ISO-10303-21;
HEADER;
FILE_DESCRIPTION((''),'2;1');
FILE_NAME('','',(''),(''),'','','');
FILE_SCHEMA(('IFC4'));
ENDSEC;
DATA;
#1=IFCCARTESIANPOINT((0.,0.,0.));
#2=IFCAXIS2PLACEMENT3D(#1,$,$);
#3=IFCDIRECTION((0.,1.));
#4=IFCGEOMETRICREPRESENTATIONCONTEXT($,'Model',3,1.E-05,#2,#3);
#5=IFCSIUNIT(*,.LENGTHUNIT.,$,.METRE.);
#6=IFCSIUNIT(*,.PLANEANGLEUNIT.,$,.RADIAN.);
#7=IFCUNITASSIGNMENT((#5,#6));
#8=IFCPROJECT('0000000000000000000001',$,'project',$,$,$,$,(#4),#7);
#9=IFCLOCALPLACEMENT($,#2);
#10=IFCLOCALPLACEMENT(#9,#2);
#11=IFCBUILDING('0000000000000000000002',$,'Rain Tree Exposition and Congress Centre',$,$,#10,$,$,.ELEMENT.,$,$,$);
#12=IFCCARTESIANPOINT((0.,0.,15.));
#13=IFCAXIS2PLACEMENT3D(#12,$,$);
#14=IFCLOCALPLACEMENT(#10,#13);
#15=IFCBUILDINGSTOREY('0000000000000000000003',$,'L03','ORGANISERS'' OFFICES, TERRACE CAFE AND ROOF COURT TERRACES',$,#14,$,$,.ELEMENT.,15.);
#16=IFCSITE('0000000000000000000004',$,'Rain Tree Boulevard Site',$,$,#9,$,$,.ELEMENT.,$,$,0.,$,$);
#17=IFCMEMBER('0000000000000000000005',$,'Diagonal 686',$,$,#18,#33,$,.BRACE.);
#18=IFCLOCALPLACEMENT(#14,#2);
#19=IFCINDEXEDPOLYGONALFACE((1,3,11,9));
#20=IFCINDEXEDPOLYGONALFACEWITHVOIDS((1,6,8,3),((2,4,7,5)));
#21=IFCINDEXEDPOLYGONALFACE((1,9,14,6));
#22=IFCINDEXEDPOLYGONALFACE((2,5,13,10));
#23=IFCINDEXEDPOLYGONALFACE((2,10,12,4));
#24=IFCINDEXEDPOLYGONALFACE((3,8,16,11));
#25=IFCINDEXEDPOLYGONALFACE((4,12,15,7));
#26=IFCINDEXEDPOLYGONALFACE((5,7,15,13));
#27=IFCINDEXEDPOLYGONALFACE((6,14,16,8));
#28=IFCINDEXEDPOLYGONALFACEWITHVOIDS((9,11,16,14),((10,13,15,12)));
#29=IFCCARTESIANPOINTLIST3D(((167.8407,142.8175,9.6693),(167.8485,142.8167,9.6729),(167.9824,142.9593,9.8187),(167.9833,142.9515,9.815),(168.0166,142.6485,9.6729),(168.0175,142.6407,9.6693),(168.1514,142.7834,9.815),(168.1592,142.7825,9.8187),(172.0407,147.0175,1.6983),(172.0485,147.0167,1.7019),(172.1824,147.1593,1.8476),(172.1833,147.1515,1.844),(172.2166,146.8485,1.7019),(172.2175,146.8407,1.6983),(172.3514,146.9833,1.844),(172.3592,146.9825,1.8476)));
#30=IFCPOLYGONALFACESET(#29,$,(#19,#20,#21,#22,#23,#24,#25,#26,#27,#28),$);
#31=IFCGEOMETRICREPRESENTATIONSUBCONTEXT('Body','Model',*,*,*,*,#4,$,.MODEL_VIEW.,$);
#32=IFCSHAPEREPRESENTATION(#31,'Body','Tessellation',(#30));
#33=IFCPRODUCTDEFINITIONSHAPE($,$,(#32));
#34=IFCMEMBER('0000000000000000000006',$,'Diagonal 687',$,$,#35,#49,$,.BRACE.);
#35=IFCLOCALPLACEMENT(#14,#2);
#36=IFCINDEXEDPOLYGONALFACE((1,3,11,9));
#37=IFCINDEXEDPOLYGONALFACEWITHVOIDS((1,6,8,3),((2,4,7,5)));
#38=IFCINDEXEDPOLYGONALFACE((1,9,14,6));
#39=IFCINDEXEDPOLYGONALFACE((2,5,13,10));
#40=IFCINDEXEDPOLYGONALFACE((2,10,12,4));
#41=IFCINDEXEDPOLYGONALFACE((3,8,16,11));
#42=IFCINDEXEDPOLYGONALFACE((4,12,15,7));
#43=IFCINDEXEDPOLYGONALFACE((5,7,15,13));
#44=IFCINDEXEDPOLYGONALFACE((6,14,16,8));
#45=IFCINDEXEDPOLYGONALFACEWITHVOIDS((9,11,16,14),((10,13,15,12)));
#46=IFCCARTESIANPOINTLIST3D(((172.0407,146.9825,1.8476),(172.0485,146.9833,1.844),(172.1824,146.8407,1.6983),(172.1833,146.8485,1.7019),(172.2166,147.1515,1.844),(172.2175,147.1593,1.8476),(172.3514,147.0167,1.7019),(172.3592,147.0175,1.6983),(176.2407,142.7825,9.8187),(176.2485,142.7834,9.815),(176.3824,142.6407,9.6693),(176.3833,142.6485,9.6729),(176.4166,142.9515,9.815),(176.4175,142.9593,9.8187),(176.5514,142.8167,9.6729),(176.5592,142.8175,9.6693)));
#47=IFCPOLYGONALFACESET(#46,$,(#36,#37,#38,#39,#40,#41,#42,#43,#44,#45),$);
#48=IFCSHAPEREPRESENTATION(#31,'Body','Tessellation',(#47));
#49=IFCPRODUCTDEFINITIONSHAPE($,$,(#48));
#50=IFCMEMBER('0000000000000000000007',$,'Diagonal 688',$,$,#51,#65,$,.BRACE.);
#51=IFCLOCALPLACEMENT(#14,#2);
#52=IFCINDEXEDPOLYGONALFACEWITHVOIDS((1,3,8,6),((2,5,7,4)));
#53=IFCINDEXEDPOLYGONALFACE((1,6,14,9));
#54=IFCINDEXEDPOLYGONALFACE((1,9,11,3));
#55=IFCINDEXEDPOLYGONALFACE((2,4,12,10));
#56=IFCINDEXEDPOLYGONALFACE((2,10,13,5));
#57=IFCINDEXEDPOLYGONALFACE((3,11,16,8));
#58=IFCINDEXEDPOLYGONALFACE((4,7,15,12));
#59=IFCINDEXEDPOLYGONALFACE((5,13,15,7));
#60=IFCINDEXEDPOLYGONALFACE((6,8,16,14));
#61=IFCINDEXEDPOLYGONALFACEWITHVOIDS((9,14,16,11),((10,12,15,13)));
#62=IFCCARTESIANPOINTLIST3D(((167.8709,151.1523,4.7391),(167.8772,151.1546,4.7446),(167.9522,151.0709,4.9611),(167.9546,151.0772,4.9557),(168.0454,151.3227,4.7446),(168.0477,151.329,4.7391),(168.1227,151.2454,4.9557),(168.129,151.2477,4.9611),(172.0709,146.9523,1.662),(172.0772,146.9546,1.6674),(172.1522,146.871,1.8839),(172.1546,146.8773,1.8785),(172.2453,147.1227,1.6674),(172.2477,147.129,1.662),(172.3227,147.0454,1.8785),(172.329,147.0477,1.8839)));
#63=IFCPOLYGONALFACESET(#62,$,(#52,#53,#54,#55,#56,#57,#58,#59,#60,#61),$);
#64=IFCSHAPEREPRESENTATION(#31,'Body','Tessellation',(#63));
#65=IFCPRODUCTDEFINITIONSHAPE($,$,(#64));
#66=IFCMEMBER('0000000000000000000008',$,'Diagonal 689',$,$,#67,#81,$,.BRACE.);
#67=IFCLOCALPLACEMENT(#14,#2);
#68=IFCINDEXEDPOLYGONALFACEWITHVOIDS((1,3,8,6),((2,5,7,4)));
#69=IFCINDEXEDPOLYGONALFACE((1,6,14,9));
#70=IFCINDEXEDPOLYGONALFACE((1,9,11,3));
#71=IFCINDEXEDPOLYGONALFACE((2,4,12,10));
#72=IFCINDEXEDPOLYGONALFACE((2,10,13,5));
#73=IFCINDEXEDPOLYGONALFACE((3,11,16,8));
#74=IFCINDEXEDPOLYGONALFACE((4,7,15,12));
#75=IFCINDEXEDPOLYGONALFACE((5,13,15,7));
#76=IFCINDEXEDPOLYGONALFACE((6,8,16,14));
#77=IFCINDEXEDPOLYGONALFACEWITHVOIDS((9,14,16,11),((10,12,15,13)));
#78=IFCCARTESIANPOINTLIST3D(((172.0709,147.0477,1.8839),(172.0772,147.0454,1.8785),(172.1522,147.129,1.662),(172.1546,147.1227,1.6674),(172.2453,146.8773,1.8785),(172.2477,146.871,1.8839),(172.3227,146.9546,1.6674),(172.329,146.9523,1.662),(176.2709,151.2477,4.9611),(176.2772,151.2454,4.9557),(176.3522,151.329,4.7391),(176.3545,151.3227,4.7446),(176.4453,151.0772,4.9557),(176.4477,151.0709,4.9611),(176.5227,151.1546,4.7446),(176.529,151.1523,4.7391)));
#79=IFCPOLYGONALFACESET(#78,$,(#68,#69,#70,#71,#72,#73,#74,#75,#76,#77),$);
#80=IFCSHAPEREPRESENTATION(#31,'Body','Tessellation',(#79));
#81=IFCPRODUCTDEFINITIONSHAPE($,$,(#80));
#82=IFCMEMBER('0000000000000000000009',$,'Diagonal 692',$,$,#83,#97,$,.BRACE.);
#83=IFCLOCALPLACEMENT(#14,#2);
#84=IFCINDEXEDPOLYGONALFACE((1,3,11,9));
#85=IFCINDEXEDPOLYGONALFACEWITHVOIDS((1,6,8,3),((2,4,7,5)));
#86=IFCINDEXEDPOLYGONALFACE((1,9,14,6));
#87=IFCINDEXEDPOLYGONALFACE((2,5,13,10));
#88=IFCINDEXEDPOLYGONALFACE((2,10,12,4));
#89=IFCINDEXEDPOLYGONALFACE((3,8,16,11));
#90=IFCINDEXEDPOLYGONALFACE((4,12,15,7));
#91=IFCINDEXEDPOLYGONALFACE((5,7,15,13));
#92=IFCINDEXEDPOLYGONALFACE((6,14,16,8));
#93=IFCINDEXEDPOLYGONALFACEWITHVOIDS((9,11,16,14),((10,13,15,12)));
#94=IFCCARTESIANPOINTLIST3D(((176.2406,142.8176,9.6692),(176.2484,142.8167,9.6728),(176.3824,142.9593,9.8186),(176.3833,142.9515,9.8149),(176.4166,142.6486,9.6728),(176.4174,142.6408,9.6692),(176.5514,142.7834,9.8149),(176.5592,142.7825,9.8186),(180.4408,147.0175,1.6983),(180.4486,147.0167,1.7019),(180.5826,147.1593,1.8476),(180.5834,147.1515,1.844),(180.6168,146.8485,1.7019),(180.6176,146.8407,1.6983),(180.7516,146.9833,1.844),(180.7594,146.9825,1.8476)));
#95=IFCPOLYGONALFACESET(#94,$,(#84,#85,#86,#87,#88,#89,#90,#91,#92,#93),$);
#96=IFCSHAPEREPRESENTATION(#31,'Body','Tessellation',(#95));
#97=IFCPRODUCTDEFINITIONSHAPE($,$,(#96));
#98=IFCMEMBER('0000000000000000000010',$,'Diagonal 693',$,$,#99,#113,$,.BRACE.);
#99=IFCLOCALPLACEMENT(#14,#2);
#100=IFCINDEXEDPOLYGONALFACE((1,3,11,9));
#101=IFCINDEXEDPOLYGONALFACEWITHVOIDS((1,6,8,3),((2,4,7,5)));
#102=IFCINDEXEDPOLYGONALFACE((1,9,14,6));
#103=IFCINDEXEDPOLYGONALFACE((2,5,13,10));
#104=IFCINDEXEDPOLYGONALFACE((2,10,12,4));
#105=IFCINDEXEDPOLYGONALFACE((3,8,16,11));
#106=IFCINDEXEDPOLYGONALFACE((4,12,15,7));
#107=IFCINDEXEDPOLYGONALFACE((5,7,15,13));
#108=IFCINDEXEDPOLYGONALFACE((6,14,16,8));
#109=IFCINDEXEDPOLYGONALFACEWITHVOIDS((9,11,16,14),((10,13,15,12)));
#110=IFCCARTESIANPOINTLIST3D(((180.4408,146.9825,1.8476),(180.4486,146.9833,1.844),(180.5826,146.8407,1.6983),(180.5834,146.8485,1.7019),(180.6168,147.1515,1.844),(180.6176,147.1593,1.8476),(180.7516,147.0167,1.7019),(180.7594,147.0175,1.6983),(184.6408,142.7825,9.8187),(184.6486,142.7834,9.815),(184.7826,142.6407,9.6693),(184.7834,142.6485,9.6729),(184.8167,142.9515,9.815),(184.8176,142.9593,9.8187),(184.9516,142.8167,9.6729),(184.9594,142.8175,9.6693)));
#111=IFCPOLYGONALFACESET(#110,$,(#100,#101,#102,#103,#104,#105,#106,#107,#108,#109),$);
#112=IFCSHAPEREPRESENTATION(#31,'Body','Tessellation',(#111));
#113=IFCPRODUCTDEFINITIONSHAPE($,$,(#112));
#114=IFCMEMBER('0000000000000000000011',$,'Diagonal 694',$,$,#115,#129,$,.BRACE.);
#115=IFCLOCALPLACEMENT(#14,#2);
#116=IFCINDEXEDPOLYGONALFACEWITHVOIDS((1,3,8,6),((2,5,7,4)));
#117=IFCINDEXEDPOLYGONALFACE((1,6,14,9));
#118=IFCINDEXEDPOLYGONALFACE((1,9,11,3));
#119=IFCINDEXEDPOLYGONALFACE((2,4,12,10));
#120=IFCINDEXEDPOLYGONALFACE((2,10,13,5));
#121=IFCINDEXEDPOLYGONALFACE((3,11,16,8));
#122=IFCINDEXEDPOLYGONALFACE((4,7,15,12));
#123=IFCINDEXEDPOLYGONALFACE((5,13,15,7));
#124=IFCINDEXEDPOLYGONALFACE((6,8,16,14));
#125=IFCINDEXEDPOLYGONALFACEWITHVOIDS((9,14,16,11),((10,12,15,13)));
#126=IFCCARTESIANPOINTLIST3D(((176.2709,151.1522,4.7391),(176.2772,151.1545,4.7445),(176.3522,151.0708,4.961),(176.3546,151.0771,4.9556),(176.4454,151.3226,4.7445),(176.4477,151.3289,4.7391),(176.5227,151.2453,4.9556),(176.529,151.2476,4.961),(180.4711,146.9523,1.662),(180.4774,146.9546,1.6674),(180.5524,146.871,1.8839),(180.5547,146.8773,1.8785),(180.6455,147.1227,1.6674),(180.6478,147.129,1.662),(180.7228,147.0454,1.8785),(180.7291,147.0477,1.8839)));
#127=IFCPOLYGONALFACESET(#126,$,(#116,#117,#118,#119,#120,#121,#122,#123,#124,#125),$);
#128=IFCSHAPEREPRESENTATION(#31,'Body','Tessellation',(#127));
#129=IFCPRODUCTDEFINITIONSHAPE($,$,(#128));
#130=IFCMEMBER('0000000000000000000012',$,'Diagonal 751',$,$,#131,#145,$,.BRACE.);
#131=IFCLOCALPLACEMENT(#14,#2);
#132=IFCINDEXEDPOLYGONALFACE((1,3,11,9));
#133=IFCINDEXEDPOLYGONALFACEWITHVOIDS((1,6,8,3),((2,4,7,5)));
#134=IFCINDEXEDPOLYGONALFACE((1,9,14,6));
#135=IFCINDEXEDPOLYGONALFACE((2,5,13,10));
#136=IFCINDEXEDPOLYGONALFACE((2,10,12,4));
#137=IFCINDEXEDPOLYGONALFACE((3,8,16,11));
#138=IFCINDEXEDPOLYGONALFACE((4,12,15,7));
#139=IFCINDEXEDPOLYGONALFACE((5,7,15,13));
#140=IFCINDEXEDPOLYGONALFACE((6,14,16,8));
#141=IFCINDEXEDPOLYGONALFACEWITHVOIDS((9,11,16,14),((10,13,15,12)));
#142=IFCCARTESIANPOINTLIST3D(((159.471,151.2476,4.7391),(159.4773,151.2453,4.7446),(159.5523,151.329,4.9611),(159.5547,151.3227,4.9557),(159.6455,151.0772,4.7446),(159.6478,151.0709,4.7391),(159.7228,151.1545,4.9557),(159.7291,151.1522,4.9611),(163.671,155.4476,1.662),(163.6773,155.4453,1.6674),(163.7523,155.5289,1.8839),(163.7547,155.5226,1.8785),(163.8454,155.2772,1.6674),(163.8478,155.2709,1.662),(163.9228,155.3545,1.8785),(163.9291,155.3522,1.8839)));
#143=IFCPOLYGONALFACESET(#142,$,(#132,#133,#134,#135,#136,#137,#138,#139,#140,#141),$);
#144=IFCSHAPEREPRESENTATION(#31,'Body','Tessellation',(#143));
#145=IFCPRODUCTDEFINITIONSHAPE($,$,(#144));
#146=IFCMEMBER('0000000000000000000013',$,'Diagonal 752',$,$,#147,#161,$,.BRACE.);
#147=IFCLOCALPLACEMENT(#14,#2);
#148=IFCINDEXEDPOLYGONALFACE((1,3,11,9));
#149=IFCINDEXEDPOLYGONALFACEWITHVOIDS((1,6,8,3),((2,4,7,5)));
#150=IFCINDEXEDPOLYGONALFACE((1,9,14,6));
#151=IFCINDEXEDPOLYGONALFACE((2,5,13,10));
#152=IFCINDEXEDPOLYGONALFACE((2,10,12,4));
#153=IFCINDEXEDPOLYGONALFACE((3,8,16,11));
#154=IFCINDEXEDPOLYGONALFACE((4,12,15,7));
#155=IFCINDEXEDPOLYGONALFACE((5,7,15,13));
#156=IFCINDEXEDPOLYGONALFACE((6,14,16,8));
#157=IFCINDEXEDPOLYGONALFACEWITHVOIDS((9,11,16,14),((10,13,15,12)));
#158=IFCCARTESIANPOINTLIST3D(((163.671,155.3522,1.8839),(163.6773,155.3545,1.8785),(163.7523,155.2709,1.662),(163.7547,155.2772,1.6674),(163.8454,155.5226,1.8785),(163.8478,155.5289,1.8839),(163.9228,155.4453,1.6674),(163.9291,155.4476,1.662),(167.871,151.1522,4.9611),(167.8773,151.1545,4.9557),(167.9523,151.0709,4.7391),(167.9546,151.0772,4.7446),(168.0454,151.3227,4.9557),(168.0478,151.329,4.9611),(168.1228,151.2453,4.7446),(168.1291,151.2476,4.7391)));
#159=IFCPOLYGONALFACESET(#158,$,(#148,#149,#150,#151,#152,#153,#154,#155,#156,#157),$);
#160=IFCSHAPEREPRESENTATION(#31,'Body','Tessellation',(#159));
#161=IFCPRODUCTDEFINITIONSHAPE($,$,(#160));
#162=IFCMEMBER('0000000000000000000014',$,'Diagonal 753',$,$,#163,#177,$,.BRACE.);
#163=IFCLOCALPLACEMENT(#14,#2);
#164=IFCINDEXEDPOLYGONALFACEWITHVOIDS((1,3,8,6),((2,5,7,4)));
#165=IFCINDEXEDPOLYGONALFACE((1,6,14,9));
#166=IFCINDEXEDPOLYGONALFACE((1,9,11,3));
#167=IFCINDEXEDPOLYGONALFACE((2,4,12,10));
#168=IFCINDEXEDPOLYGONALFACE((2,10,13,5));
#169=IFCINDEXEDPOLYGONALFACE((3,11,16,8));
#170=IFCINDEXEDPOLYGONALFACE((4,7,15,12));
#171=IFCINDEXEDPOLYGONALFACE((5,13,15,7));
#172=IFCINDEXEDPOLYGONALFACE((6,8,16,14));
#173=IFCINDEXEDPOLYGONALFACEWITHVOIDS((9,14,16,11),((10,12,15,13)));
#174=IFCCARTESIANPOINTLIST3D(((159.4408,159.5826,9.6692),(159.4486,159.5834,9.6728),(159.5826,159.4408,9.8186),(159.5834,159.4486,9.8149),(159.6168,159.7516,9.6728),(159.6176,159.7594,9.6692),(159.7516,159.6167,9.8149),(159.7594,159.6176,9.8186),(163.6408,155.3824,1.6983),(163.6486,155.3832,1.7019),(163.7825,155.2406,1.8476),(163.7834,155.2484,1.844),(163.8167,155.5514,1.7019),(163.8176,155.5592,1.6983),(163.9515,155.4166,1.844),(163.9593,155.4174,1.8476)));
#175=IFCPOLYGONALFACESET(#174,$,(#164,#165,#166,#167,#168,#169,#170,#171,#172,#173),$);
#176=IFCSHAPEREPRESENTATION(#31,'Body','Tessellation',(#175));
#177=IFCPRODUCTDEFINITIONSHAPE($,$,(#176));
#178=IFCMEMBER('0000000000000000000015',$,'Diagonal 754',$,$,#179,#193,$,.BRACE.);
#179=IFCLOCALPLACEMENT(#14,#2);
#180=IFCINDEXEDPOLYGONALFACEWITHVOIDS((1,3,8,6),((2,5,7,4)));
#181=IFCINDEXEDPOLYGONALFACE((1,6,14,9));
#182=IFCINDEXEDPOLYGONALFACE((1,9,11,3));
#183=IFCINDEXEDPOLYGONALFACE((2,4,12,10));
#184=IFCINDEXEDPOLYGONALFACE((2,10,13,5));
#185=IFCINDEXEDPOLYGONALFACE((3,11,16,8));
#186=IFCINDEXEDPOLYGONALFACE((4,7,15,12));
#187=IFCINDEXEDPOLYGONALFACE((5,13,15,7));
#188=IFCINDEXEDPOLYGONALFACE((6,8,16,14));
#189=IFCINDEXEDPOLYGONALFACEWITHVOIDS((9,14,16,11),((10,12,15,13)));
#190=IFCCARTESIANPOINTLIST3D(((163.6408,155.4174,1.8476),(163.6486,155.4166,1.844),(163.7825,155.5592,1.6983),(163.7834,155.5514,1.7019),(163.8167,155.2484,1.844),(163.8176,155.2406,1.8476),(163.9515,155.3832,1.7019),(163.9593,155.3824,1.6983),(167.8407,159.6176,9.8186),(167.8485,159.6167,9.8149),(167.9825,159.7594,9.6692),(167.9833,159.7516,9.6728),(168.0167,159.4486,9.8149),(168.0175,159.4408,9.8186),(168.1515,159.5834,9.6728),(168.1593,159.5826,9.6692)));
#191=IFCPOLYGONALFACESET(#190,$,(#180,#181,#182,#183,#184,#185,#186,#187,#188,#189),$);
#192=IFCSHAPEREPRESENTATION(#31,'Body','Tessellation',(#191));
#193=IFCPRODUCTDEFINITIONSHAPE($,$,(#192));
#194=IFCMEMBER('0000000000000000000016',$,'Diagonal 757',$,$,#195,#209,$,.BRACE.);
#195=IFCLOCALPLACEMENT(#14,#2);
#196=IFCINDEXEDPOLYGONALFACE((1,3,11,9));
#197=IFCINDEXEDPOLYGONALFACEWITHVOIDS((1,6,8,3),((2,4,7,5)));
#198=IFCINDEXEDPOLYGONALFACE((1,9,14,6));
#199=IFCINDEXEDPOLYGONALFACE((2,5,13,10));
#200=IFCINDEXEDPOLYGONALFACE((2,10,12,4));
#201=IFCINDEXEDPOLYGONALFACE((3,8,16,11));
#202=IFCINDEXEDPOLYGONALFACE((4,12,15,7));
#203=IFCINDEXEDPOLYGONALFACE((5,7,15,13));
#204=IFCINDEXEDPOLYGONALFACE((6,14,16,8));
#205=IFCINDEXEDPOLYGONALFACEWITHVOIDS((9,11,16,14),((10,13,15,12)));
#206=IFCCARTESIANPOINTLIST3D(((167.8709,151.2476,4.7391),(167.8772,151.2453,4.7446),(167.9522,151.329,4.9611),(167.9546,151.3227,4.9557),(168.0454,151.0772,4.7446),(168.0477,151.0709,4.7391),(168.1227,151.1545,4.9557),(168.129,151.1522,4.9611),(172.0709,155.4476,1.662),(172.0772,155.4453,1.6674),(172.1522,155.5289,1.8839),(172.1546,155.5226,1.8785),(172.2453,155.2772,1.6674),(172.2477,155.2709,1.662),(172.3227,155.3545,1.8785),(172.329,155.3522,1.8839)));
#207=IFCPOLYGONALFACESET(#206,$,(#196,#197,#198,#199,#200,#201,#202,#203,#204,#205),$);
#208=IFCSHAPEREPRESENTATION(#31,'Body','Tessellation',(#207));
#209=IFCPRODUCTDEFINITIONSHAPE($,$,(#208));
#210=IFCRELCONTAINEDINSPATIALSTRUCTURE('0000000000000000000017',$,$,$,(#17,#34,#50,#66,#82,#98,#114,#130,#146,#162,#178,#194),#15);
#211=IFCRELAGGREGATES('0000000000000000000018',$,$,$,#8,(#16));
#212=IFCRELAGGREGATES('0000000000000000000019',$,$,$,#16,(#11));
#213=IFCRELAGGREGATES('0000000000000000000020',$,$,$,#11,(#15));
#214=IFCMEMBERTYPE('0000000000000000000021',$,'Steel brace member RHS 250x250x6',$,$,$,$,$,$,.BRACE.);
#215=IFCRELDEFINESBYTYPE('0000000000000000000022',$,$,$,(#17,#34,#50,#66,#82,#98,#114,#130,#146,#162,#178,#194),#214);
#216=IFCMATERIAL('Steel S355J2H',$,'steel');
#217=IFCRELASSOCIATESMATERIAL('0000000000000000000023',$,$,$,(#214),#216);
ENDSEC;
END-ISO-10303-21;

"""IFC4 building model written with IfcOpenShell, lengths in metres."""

from ifc_helpers import new_model, si_unit, direction, frame, origin, origin_2d, place, context, subcontext, project, spatial, hollow_rectangle, extrude, material, material_profile, profile_set, type_object, element, save


model = new_model("IFC4")

# Units and contexts
model_context = context("Model", 3, precision=1e-05, world=origin(), true_north=direction((0.0, 1.0)))
body_context = subcontext(model_context, "Body", "Model", "MODEL_VIEW")
ifc_project = project(units=[si_unit("LENGTHUNIT", "METRE"), si_unit("PLANEANGLEUNIT", "RADIAN")], contexts=[model_context])

# Site, building, storey
site_placement = place(None, origin())
site = spatial("IfcSite", under=ifc_project, at=site_placement, Name="Rain Tree Boulevard Site", CompositionType="ELEMENT", RefElevation=0.0)
building_placement = place(site_placement, origin())
building = spatial("IfcBuilding", under=site, at=building_placement, Name="Rain Tree Exposition and Congress Centre", CompositionType="ELEMENT")
storey_placement = place(building_placement, frame((0.0, 0.0, 15.0)))
storey = spatial("IfcBuildingStorey", under=building, at=storey_placement, Name="L03", Description="ORGANISERS' OFFICES, TERRACE CAFE AND ROOF COURT TERRACES", CompositionType="ELEMENT", Elevation=15.0)

# Members
ifc_material_1 = material(Name="Steel S355J2H", Category="steel")
ifc_material_profile_1 = material_profile(ifc_material_1, hollow_rectangle(XDim=0.25, YDim=0.25, WallThickness=0.0061, at=origin_2d()), Name="RHS 250x250x6")
ifc_profile_set_1 = profile_set([ifc_material_profile_1], Name="Steel S355J2H")
member_type_1 = type_object("IfcMemberType", Name="Steel brace member RHS 250x250x6", PredefinedType="BRACE", material=ifc_profile_set_1)
for number, where, z_axis, x_axis, name in (
    (1, (172.2, 147.0, 1.7729), (-0.422506, -0.422506, 0.801859), (0.707107, -0.707107, 0.0), "Diagonal 686"),
    (2, (172.2, 147.0, 1.7729), (0.422506, -0.422506, 0.801859), (0.707107, 0.707107, 0.0), "Diagonal 687"),
):
    element("IfcMember", number, at=place(storey_placement, frame(where, z_axis=z_axis, x_axis=x_axis)), inside=storey, type_object=member_type_1, Name=name, PredefinedType="BRACE", context=body_context, shape_type="SweptSolid", body=[
        extrude(hollow_rectangle(XDim=0.25, YDim=0.25, WallThickness=0.0061, at=origin_2d()), origin(), (0.0, 0.0, 1.0), 9.9407),
    ])
for number, where, z_axis, x_axis, name in (
    (3, (172.2, 147.0, 1.7729), (-0.627852, 0.627852, 0.460004), (-0.707107, -0.707107, 0.0), "Diagonal 688"),
    (4, (172.2, 147.0, 1.7729), (0.627852, 0.627852, 0.460004), (-0.707107, 0.707107, 0.0), "Diagonal 689"),
):
    element("IfcMember", number, at=place(storey_placement, frame(where, z_axis=z_axis, x_axis=x_axis)), inside=storey, type_object=member_type_1, Name=name, PredefinedType="BRACE", context=body_context, shape_type="SweptSolid", body=[
        extrude(hollow_rectangle(XDim=0.25, YDim=0.25, WallThickness=0.0061, at=origin_2d()), origin(), (0.0, 0.0, 1.0), 6.6895),
    ])
for number, where, z_axis, x_axis, name in (
    (5, (180.6001, 147.0, 1.7729), (-0.422526, -0.422501, 0.801851), (0.707086, -0.707127, 0.0), "Diagonal 692"),
    (6, (180.6001, 147.0, 1.7729), (0.422506, -0.422506, 0.801859), (0.707107, 0.707107, 0.0), "Diagonal 693"),
):
    element("IfcMember", number, at=place(storey_placement, frame(where, z_axis=z_axis, x_axis=x_axis)), inside=storey, type_object=member_type_1, Name=name, PredefinedType="BRACE", context=body_context, shape_type="SweptSolid", body=[
        extrude(hollow_rectangle(XDim=0.25, YDim=0.25, WallThickness=0.0061, at=origin_2d()), origin(), (0.0, 0.0, 1.0), 9.9407),
    ])
for number, where, z_axis, x_axis, name in (
    (7, (180.6001, 147.0, 1.7729), (-0.627874, 0.627838, 0.459993), (-0.707086, -0.707127, 0.0), "Diagonal 694"),
    (8, (163.8, 155.3999, 1.7729), (-0.627852, -0.627852, 0.460004), (0.707107, -0.707107, 0.0), "Diagonal 751"),
    (9, (163.8, 155.3999, 1.7729), (0.627852, -0.627852, 0.460004), (0.707107, 0.707107, 0.0), "Diagonal 752"),
):
    element("IfcMember", number, at=place(storey_placement, frame(where, z_axis=z_axis, x_axis=x_axis)), inside=storey, type_object=member_type_1, Name=name, PredefinedType="BRACE", context=body_context, shape_type="SweptSolid", body=[
        extrude(hollow_rectangle(XDim=0.25, YDim=0.25, WallThickness=0.0061, at=origin_2d()), origin(), (0.0, 0.0, 1.0), 6.6895),
    ])
for number, where, z_axis, x_axis, name in (
    (10, (163.8, 155.3999, 1.7729), (-0.422501, 0.422526, 0.801851), (-0.707127, -0.707086, 0.0), "Diagonal 753"),
    (11, (163.8, 155.3999, 1.7729), (0.422501, 0.422526, 0.801851), (-0.707127, 0.707086, 0.0), "Diagonal 754"),
):
    element("IfcMember", number, at=place(storey_placement, frame(where, z_axis=z_axis, x_axis=x_axis)), inside=storey, type_object=member_type_1, Name=name, PredefinedType="BRACE", context=body_context, shape_type="SweptSolid", body=[
        extrude(hollow_rectangle(XDim=0.25, YDim=0.25, WallThickness=0.0061, at=origin_2d()), origin(), (0.0, 0.0, 1.0), 9.9407),
    ])
member_1_placement = place(storey_placement, frame((172.2, 155.3999, 1.7729), z_axis=(-0.627852, -0.627852, 0.460004), x_axis=(0.707107, -0.707107, 0.0)))
element("IfcMember", 12, at=member_1_placement, inside=storey, type_object=member_type_1, Name="Diagonal 757", PredefinedType="BRACE", context=body_context, shape_type="SweptSolid", body=[
    extrude(hollow_rectangle(XDim=0.25, YDim=0.25, WallThickness=0.0061, at=origin_2d()), origin(), (0.0, 0.0, 1.0), 6.6895),
])

save(model, "model.ifc")
